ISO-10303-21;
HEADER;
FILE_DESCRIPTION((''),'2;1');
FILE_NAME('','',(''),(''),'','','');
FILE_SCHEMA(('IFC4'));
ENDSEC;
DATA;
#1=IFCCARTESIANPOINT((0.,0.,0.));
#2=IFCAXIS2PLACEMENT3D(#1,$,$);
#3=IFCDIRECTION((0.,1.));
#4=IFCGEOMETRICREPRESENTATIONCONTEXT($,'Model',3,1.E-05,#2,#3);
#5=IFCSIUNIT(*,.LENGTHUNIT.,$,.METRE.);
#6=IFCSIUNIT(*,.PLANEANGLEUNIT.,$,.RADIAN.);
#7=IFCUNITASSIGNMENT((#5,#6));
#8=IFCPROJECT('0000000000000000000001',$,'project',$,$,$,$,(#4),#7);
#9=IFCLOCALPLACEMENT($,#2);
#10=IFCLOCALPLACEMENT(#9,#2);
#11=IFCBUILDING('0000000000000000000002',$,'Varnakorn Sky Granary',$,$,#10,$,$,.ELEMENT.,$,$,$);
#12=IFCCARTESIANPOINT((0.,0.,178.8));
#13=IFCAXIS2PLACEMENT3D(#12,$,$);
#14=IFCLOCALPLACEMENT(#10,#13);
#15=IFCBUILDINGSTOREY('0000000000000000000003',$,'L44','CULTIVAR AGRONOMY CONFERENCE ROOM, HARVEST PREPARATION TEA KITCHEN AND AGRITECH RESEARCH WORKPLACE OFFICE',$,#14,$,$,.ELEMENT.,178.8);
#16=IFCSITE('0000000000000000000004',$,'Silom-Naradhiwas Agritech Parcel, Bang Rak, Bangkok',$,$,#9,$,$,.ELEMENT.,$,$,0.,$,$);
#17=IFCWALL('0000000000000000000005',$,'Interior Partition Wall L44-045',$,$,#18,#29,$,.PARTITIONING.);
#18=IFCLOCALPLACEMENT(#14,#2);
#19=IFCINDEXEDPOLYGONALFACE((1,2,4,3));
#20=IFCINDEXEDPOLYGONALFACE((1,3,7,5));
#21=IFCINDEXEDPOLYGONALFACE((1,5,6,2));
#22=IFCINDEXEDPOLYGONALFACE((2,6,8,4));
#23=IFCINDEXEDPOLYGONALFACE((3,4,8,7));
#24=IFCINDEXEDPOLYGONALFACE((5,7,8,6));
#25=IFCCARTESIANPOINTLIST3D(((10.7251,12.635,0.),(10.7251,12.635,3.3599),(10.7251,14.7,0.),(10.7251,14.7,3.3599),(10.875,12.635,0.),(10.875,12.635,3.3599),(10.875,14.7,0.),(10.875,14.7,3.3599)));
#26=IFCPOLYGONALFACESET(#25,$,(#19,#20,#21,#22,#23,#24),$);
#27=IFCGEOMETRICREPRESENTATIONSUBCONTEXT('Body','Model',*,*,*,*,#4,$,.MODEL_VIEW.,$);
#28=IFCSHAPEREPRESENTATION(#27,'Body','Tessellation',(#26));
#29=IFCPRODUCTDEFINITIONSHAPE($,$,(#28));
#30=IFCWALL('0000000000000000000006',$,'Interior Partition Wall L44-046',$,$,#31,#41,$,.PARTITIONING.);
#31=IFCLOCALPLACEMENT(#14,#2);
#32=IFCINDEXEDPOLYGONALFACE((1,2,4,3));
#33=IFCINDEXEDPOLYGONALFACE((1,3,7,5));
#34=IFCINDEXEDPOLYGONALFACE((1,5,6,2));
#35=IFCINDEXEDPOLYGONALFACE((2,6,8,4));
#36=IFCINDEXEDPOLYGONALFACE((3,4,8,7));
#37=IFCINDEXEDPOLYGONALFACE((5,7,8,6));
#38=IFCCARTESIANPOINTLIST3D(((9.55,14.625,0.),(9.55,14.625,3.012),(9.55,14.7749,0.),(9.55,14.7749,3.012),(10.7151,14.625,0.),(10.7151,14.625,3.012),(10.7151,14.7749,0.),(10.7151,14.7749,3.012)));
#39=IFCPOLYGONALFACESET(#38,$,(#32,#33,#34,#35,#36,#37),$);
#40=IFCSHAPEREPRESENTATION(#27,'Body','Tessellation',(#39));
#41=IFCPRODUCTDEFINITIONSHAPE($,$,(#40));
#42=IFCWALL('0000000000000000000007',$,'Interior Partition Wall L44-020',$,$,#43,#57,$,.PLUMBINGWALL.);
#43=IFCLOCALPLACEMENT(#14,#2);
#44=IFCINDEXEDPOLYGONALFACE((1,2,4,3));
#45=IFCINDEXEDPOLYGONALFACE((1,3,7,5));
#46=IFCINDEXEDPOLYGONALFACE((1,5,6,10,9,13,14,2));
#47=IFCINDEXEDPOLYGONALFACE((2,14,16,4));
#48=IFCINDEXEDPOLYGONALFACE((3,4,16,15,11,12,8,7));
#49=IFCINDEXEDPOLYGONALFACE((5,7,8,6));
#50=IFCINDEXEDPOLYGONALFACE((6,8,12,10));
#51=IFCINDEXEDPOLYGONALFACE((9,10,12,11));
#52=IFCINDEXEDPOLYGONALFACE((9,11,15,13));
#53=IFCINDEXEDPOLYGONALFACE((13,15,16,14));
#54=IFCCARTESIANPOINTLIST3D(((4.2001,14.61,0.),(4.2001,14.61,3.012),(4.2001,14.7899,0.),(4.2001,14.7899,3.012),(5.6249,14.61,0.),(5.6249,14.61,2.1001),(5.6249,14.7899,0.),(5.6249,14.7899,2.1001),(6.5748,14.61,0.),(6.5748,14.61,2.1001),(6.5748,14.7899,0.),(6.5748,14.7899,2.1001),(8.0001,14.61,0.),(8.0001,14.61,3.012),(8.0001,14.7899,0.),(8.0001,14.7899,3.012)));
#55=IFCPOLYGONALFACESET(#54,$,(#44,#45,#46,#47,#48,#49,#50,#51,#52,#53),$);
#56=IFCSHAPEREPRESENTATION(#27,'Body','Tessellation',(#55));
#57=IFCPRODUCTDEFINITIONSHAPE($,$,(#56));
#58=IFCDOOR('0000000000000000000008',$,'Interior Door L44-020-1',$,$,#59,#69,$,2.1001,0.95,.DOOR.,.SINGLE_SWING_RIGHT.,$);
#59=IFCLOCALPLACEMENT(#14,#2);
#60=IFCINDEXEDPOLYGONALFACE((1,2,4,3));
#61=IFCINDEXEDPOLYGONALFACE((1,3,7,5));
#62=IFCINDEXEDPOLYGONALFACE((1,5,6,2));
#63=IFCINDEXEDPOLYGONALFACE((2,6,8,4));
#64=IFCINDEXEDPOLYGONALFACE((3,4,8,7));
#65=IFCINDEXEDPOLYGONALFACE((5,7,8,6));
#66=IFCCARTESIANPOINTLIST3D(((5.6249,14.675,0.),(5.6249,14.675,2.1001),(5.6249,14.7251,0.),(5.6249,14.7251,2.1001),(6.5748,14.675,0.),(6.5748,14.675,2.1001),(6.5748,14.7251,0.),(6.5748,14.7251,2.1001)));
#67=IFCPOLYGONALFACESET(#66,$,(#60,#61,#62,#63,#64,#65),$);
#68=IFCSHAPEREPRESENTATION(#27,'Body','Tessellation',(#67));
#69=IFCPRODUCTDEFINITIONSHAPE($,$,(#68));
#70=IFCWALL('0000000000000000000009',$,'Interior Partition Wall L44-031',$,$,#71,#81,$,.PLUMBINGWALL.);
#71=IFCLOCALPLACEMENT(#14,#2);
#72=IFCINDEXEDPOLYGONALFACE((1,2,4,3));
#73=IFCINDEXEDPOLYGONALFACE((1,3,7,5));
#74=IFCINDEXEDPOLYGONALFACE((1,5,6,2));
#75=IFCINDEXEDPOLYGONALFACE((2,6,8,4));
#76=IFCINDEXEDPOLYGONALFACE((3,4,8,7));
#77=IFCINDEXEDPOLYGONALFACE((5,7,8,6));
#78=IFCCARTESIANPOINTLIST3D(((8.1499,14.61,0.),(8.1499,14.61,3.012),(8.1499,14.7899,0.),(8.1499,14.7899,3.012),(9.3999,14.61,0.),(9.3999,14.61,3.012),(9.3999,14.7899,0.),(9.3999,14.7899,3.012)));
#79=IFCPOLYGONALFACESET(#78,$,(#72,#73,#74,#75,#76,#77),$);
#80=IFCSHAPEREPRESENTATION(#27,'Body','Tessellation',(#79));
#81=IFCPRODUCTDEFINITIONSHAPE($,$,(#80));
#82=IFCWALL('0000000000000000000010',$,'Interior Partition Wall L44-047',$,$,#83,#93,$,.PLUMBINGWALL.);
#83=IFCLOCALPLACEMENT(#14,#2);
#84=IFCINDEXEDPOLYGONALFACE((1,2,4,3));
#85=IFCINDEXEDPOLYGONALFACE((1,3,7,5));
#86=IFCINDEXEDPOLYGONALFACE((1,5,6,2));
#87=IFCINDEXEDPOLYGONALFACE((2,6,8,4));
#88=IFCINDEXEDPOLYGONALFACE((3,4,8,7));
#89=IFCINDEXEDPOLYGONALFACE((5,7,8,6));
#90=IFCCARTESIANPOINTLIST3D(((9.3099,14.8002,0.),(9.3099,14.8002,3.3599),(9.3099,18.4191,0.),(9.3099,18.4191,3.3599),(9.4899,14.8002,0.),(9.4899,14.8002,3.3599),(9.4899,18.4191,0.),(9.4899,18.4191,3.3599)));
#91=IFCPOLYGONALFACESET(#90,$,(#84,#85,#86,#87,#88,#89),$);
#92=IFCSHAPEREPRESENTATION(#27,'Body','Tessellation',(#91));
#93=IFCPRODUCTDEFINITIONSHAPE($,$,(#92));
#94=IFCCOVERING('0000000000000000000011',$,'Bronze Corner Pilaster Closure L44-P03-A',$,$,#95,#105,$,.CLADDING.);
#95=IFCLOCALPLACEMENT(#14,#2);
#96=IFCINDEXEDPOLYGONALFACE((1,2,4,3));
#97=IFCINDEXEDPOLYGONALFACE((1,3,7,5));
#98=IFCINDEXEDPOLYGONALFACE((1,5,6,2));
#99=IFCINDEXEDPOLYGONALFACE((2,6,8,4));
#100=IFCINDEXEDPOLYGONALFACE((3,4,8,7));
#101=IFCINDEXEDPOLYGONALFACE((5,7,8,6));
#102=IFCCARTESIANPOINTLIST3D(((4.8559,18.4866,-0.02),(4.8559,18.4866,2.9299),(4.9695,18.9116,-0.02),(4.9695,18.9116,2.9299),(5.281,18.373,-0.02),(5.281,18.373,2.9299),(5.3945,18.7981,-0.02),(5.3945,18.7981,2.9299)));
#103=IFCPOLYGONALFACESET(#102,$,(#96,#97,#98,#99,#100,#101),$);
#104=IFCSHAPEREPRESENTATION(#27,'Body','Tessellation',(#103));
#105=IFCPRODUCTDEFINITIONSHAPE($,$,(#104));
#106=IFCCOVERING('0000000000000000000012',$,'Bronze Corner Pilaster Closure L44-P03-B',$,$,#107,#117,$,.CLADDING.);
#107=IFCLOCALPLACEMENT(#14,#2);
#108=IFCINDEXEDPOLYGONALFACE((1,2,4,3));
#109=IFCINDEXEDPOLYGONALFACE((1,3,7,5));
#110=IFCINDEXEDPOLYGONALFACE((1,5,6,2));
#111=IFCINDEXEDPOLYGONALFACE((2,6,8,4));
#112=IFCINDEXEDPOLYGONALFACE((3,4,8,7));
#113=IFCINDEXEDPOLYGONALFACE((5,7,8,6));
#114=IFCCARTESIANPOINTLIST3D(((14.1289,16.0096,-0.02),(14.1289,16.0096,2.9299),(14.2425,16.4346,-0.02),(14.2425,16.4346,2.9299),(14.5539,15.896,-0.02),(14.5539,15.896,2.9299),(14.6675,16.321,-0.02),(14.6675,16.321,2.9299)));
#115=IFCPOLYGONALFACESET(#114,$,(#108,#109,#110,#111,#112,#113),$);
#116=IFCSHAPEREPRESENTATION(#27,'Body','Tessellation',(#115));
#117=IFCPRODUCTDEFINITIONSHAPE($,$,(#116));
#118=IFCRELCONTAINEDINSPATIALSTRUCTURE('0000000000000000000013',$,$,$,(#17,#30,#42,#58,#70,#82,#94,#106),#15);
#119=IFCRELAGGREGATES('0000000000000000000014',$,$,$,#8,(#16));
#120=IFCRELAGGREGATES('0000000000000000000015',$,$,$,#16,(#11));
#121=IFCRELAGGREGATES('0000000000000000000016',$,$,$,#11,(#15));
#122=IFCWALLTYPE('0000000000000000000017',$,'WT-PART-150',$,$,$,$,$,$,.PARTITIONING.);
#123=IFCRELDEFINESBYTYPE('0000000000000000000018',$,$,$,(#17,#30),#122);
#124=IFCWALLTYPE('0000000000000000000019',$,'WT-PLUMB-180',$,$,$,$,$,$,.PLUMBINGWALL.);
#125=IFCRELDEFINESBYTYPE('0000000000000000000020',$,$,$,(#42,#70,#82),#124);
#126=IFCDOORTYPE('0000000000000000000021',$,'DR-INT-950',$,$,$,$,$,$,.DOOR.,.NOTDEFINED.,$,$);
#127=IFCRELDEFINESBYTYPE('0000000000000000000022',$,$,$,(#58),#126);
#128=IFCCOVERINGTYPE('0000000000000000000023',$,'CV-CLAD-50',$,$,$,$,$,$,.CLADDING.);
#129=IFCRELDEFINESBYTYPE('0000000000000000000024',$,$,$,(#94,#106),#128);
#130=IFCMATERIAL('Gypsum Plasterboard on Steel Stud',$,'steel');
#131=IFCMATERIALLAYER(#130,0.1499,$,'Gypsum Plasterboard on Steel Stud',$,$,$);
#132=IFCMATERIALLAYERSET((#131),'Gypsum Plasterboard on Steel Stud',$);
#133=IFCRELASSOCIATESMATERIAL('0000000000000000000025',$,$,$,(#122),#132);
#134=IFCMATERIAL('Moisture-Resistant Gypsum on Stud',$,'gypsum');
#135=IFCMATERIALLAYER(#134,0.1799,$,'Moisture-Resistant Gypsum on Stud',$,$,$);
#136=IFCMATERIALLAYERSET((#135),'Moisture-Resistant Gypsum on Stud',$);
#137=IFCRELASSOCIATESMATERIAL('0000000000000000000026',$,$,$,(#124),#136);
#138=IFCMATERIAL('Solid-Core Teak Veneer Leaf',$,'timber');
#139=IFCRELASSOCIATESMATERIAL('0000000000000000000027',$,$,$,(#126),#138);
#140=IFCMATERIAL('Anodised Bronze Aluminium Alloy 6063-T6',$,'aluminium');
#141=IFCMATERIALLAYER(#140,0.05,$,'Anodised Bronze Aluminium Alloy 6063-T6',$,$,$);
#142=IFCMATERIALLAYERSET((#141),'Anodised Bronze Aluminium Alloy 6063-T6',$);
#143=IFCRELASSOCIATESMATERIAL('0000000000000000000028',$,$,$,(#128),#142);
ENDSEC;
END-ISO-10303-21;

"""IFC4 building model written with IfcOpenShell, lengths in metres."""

from ifc_helpers import new_model, si_unit, direction, frame, frame_2d, origin, origin_2d, place, context, subcontext, project, spatial, rectangle, extrude, source, transform, mapped, material, layer, layer_set, type_object, type_shapes, element, fill, save


model = new_model("IFC4")

# Units and contexts
model_context = context("Model", 3, precision=1e-05, world=origin(), true_north=direction((0.0, 1.0)))
body_context = subcontext(model_context, "Body", "Model", "MODEL_VIEW")
ifc_project = project(units=[si_unit("LENGTHUNIT", "METRE"), si_unit("PLANEANGLEUNIT", "RADIAN")], contexts=[model_context])

# Site, building, storey
site_placement = place(None, origin())
site = spatial("IfcSite", under=ifc_project, at=site_placement, Name="Silom-Naradhiwas Agritech Parcel, Bang Rak, Bangkok", CompositionType="ELEMENT", RefElevation=0.0)
building_placement = place(site_placement, origin())
building = spatial("IfcBuilding", under=site, at=building_placement, Name="Varnakorn Sky Granary", CompositionType="ELEMENT")
storey_placement = place(building_placement, frame((0.0, 0.0, 178.8)))
storey = spatial("IfcBuildingStorey", under=building, at=storey_placement, Name="L44", Description="CULTIVAR AGRONOMY CONFERENCE ROOM, HARVEST PREPARATION TEA KITCHEN AND AGRITECH RESEARCH WORKPLACE OFFICE", CompositionType="ELEMENT", Elevation=178.8)

# Shared definitions
ifc_material_1 = material(Name="Anodised Bronze Aluminium Alloy 6063-T6", Category="aluminium")

# Walls
ifc_material_2 = material(Name="Gypsum Plasterboard on Steel Stud", Category="steel")
ifc_layer_1 = layer(ifc_material_2, 0.1499, Name="Gypsum Plasterboard on Steel Stud")
ifc_layer_set_1 = layer_set([ifc_layer_1], Name="Gypsum Plasterboard on Steel Stud")
wall_type_1 = type_object("IfcWallType", Name="WT-PART-150", PredefinedType="PARTITIONING", material=ifc_layer_set_1)
wall_1_placement = place(storey_placement, frame((10.8, 12.635, 0.0), z_axis=(0.0, 0.0, 1.0), x_axis=(0.0, 1.0, 0.0)))
element("IfcWall", 1, at=wall_1_placement, inside=storey, type_object=wall_type_1, Name="Interior Partition Wall L44-045", PredefinedType="PARTITIONING", context=body_context, shape_type="SweptSolid", body=[
    extrude(rectangle(XDim=2.0649, YDim=0.1499, at=frame_2d((1.0325, 0.0))), origin(), (0.0, 0.0, 1.0), 3.3599),
])
wall_2_placement = place(storey_placement, frame((10.7151, 14.7, 0.0), z_axis=(0.0, 0.0, 1.0), x_axis=(-1.0, 0.0, 0.0)))
element("IfcWall", 2, at=wall_2_placement, inside=storey, type_object=wall_type_1, Name="Interior Partition Wall L44-046", PredefinedType="PARTITIONING", context=body_context, shape_type="SweptSolid", body=[
    extrude(rectangle(XDim=1.165, YDim=0.1499, at=frame_2d((0.5825, 0.0))), origin(), (0.0, 0.0, 1.0), 3.012),
])

# Wall, opening, door
ifc_material_3 = material(Name="Moisture-Resistant Gypsum on Stud", Category="gypsum")
ifc_layer_2 = layer(ifc_material_3, 0.1799, Name="Moisture-Resistant Gypsum on Stud")
ifc_layer_set_2 = layer_set([ifc_layer_2], Name="Moisture-Resistant Gypsum on Stud")
wall_type_2 = type_object("IfcWallType", Name="WT-PLUMB-180", PredefinedType="PLUMBINGWALL", material=ifc_layer_set_2)
wall_3_placement = place(storey_placement, frame((8.0, 14.7, 0.0), z_axis=(0.0, 0.0, 1.0), x_axis=(-1.0, 0.0, 0.0)))
wall_3 = element("IfcWall", 3, at=wall_3_placement, inside=storey, type_object=wall_type_2, Name="Interior Partition Wall L44-020", PredefinedType="PLUMBINGWALL", context=body_context, shape_type="SweptSolid", body=[
    extrude(rectangle(XDim=3.8, YDim=0.1799, at=frame_2d((1.8999, 0.0))), origin(), (0.0, 0.0, 1.0), 3.012),
])
opening_placement = place(wall_3_placement, frame((1.425, 0.0, 0.0)))
opening = element("IfcOpeningElement", 4, at=opening_placement, cuts=wall_3, PredefinedType="OPENING", context=body_context, shape_type="SweptSolid", body=[
    extrude(rectangle(XDim=0.95, YDim=2.1001, at=frame_2d((0.4751, 1.05))), frame((0.0, 0.1001, 0.0), z_axis=(0.0, -1.0, 0.0), x_axis=(1.0, 0.0, 0.0)), (0.0, 0.0, 1.0), 0.2),
])
ifc_material_4 = material(Name="Solid-Core Teak Veneer Leaf", Category="timber")
door_type = type_object("IfcDoorType", Name="DR-INT-950", OperationType="NOTDEFINED", PredefinedType="DOOR", material=ifc_material_4)
door_placement = place(opening_placement, origin())
door = element("IfcDoor", 5, at=door_placement, inside=storey, type_object=door_type, Name="Interior Door L44-020-1", OperationType="SINGLE_SWING_RIGHT", OverallHeight=2.1001, OverallWidth=0.95, PredefinedType="DOOR", context=body_context, shape_type="SweptSolid", body=[
    extrude(rectangle(XDim=0.95, YDim=2.1001, at=frame_2d((0.4751, 1.05))), frame((0.0, 0.0249, 0.0), z_axis=(0.0, -1.0, 0.0), x_axis=(1.0, 0.0, 0.0)), (0.0, 0.0, 1.0), 0.05),
])
fill(opening, door)

# Walls
wall_4_placement = place(storey_placement, frame((9.3999, 14.7, 0.0), z_axis=(0.0, 0.0, 1.0), x_axis=(-1.0, 0.0, 0.0)))
element("IfcWall", 6, at=wall_4_placement, inside=storey, type_object=wall_type_2, Name="Interior Partition Wall L44-031", PredefinedType="PLUMBINGWALL", context=body_context, shape_type="SweptSolid", body=[
    extrude(rectangle(XDim=1.25, YDim=0.1799, at=frame_2d((0.625, 0.0))), origin(), (0.0, 0.0, 1.0), 3.012),
])
wall_5_placement = place(storey_placement, frame((9.3999, 14.8, 0.0), z_axis=(0.0, 0.0, 1.0), x_axis=(0.0, 1.0, 0.0)))
element("IfcWall", 7, at=wall_5_placement, inside=storey, type_object=wall_type_2, Name="Interior Partition Wall L44-047", PredefinedType="PLUMBINGWALL", context=body_context, shape_type="SweptSolid", body=[
    extrude(rectangle(XDim=3.6189, YDim=0.1799, at=frame_2d((1.8096, 0.0))), origin(), (0.0, 0.0, 1.0), 3.3599),
])

# Coverings
ifc_layer_3 = layer(ifc_material_1, 0.05, Name="Anodised Bronze Aluminium Alloy 6063-T6")
ifc_layer_set_3 = layer_set([ifc_layer_3], Name="Anodised Bronze Aluminium Alloy 6063-T6")
covering_type = type_object("IfcCoveringType", Name="CV-CLAD-50", PredefinedType="CLADDING", material=ifc_layer_set_3)
shared_shape = source(origin(), body_context, "Body", "SweptSolid", [
    extrude(rectangle(XDim=0.4399, YDim=0.4399, at=origin_2d()), origin(), (0.0, 0.0, 1.0), 2.95),
])
type_shapes(covering_type, [shared_shape])
for number, where, z_axis, x_axis, name in (
    (8, (5.1252, 18.6423, -0.02), (0.0, 0.0, 1.0), (0.966106, -0.258145, 0.0), "Bronze Corner Pilaster Closure L44-P03-A"),
    (9, (14.3982, 16.1653, -0.02), (0.0, 0.0, 1.0), (0.966106, -0.258145, 0.0), "Bronze Corner Pilaster Closure L44-P03-B"),
):
    element("IfcCovering", number, at=place(storey_placement, frame(where, z_axis=z_axis, x_axis=x_axis)), inside=storey, type_object=covering_type, Name=name, PredefinedType="CLADDING", context=body_context, shape_type="MappedRepresentation", body=[
        mapped(shared_shape, transform((0.0, 0.0, 0.0), x_axis=(1.0, 0.0, 0.0), y_axis=(0.0, 1.0, 0.0), z_axis=(0.0, 0.0, 1.0), scale=1.0)),
    ])

save(model, "model.ifc")
